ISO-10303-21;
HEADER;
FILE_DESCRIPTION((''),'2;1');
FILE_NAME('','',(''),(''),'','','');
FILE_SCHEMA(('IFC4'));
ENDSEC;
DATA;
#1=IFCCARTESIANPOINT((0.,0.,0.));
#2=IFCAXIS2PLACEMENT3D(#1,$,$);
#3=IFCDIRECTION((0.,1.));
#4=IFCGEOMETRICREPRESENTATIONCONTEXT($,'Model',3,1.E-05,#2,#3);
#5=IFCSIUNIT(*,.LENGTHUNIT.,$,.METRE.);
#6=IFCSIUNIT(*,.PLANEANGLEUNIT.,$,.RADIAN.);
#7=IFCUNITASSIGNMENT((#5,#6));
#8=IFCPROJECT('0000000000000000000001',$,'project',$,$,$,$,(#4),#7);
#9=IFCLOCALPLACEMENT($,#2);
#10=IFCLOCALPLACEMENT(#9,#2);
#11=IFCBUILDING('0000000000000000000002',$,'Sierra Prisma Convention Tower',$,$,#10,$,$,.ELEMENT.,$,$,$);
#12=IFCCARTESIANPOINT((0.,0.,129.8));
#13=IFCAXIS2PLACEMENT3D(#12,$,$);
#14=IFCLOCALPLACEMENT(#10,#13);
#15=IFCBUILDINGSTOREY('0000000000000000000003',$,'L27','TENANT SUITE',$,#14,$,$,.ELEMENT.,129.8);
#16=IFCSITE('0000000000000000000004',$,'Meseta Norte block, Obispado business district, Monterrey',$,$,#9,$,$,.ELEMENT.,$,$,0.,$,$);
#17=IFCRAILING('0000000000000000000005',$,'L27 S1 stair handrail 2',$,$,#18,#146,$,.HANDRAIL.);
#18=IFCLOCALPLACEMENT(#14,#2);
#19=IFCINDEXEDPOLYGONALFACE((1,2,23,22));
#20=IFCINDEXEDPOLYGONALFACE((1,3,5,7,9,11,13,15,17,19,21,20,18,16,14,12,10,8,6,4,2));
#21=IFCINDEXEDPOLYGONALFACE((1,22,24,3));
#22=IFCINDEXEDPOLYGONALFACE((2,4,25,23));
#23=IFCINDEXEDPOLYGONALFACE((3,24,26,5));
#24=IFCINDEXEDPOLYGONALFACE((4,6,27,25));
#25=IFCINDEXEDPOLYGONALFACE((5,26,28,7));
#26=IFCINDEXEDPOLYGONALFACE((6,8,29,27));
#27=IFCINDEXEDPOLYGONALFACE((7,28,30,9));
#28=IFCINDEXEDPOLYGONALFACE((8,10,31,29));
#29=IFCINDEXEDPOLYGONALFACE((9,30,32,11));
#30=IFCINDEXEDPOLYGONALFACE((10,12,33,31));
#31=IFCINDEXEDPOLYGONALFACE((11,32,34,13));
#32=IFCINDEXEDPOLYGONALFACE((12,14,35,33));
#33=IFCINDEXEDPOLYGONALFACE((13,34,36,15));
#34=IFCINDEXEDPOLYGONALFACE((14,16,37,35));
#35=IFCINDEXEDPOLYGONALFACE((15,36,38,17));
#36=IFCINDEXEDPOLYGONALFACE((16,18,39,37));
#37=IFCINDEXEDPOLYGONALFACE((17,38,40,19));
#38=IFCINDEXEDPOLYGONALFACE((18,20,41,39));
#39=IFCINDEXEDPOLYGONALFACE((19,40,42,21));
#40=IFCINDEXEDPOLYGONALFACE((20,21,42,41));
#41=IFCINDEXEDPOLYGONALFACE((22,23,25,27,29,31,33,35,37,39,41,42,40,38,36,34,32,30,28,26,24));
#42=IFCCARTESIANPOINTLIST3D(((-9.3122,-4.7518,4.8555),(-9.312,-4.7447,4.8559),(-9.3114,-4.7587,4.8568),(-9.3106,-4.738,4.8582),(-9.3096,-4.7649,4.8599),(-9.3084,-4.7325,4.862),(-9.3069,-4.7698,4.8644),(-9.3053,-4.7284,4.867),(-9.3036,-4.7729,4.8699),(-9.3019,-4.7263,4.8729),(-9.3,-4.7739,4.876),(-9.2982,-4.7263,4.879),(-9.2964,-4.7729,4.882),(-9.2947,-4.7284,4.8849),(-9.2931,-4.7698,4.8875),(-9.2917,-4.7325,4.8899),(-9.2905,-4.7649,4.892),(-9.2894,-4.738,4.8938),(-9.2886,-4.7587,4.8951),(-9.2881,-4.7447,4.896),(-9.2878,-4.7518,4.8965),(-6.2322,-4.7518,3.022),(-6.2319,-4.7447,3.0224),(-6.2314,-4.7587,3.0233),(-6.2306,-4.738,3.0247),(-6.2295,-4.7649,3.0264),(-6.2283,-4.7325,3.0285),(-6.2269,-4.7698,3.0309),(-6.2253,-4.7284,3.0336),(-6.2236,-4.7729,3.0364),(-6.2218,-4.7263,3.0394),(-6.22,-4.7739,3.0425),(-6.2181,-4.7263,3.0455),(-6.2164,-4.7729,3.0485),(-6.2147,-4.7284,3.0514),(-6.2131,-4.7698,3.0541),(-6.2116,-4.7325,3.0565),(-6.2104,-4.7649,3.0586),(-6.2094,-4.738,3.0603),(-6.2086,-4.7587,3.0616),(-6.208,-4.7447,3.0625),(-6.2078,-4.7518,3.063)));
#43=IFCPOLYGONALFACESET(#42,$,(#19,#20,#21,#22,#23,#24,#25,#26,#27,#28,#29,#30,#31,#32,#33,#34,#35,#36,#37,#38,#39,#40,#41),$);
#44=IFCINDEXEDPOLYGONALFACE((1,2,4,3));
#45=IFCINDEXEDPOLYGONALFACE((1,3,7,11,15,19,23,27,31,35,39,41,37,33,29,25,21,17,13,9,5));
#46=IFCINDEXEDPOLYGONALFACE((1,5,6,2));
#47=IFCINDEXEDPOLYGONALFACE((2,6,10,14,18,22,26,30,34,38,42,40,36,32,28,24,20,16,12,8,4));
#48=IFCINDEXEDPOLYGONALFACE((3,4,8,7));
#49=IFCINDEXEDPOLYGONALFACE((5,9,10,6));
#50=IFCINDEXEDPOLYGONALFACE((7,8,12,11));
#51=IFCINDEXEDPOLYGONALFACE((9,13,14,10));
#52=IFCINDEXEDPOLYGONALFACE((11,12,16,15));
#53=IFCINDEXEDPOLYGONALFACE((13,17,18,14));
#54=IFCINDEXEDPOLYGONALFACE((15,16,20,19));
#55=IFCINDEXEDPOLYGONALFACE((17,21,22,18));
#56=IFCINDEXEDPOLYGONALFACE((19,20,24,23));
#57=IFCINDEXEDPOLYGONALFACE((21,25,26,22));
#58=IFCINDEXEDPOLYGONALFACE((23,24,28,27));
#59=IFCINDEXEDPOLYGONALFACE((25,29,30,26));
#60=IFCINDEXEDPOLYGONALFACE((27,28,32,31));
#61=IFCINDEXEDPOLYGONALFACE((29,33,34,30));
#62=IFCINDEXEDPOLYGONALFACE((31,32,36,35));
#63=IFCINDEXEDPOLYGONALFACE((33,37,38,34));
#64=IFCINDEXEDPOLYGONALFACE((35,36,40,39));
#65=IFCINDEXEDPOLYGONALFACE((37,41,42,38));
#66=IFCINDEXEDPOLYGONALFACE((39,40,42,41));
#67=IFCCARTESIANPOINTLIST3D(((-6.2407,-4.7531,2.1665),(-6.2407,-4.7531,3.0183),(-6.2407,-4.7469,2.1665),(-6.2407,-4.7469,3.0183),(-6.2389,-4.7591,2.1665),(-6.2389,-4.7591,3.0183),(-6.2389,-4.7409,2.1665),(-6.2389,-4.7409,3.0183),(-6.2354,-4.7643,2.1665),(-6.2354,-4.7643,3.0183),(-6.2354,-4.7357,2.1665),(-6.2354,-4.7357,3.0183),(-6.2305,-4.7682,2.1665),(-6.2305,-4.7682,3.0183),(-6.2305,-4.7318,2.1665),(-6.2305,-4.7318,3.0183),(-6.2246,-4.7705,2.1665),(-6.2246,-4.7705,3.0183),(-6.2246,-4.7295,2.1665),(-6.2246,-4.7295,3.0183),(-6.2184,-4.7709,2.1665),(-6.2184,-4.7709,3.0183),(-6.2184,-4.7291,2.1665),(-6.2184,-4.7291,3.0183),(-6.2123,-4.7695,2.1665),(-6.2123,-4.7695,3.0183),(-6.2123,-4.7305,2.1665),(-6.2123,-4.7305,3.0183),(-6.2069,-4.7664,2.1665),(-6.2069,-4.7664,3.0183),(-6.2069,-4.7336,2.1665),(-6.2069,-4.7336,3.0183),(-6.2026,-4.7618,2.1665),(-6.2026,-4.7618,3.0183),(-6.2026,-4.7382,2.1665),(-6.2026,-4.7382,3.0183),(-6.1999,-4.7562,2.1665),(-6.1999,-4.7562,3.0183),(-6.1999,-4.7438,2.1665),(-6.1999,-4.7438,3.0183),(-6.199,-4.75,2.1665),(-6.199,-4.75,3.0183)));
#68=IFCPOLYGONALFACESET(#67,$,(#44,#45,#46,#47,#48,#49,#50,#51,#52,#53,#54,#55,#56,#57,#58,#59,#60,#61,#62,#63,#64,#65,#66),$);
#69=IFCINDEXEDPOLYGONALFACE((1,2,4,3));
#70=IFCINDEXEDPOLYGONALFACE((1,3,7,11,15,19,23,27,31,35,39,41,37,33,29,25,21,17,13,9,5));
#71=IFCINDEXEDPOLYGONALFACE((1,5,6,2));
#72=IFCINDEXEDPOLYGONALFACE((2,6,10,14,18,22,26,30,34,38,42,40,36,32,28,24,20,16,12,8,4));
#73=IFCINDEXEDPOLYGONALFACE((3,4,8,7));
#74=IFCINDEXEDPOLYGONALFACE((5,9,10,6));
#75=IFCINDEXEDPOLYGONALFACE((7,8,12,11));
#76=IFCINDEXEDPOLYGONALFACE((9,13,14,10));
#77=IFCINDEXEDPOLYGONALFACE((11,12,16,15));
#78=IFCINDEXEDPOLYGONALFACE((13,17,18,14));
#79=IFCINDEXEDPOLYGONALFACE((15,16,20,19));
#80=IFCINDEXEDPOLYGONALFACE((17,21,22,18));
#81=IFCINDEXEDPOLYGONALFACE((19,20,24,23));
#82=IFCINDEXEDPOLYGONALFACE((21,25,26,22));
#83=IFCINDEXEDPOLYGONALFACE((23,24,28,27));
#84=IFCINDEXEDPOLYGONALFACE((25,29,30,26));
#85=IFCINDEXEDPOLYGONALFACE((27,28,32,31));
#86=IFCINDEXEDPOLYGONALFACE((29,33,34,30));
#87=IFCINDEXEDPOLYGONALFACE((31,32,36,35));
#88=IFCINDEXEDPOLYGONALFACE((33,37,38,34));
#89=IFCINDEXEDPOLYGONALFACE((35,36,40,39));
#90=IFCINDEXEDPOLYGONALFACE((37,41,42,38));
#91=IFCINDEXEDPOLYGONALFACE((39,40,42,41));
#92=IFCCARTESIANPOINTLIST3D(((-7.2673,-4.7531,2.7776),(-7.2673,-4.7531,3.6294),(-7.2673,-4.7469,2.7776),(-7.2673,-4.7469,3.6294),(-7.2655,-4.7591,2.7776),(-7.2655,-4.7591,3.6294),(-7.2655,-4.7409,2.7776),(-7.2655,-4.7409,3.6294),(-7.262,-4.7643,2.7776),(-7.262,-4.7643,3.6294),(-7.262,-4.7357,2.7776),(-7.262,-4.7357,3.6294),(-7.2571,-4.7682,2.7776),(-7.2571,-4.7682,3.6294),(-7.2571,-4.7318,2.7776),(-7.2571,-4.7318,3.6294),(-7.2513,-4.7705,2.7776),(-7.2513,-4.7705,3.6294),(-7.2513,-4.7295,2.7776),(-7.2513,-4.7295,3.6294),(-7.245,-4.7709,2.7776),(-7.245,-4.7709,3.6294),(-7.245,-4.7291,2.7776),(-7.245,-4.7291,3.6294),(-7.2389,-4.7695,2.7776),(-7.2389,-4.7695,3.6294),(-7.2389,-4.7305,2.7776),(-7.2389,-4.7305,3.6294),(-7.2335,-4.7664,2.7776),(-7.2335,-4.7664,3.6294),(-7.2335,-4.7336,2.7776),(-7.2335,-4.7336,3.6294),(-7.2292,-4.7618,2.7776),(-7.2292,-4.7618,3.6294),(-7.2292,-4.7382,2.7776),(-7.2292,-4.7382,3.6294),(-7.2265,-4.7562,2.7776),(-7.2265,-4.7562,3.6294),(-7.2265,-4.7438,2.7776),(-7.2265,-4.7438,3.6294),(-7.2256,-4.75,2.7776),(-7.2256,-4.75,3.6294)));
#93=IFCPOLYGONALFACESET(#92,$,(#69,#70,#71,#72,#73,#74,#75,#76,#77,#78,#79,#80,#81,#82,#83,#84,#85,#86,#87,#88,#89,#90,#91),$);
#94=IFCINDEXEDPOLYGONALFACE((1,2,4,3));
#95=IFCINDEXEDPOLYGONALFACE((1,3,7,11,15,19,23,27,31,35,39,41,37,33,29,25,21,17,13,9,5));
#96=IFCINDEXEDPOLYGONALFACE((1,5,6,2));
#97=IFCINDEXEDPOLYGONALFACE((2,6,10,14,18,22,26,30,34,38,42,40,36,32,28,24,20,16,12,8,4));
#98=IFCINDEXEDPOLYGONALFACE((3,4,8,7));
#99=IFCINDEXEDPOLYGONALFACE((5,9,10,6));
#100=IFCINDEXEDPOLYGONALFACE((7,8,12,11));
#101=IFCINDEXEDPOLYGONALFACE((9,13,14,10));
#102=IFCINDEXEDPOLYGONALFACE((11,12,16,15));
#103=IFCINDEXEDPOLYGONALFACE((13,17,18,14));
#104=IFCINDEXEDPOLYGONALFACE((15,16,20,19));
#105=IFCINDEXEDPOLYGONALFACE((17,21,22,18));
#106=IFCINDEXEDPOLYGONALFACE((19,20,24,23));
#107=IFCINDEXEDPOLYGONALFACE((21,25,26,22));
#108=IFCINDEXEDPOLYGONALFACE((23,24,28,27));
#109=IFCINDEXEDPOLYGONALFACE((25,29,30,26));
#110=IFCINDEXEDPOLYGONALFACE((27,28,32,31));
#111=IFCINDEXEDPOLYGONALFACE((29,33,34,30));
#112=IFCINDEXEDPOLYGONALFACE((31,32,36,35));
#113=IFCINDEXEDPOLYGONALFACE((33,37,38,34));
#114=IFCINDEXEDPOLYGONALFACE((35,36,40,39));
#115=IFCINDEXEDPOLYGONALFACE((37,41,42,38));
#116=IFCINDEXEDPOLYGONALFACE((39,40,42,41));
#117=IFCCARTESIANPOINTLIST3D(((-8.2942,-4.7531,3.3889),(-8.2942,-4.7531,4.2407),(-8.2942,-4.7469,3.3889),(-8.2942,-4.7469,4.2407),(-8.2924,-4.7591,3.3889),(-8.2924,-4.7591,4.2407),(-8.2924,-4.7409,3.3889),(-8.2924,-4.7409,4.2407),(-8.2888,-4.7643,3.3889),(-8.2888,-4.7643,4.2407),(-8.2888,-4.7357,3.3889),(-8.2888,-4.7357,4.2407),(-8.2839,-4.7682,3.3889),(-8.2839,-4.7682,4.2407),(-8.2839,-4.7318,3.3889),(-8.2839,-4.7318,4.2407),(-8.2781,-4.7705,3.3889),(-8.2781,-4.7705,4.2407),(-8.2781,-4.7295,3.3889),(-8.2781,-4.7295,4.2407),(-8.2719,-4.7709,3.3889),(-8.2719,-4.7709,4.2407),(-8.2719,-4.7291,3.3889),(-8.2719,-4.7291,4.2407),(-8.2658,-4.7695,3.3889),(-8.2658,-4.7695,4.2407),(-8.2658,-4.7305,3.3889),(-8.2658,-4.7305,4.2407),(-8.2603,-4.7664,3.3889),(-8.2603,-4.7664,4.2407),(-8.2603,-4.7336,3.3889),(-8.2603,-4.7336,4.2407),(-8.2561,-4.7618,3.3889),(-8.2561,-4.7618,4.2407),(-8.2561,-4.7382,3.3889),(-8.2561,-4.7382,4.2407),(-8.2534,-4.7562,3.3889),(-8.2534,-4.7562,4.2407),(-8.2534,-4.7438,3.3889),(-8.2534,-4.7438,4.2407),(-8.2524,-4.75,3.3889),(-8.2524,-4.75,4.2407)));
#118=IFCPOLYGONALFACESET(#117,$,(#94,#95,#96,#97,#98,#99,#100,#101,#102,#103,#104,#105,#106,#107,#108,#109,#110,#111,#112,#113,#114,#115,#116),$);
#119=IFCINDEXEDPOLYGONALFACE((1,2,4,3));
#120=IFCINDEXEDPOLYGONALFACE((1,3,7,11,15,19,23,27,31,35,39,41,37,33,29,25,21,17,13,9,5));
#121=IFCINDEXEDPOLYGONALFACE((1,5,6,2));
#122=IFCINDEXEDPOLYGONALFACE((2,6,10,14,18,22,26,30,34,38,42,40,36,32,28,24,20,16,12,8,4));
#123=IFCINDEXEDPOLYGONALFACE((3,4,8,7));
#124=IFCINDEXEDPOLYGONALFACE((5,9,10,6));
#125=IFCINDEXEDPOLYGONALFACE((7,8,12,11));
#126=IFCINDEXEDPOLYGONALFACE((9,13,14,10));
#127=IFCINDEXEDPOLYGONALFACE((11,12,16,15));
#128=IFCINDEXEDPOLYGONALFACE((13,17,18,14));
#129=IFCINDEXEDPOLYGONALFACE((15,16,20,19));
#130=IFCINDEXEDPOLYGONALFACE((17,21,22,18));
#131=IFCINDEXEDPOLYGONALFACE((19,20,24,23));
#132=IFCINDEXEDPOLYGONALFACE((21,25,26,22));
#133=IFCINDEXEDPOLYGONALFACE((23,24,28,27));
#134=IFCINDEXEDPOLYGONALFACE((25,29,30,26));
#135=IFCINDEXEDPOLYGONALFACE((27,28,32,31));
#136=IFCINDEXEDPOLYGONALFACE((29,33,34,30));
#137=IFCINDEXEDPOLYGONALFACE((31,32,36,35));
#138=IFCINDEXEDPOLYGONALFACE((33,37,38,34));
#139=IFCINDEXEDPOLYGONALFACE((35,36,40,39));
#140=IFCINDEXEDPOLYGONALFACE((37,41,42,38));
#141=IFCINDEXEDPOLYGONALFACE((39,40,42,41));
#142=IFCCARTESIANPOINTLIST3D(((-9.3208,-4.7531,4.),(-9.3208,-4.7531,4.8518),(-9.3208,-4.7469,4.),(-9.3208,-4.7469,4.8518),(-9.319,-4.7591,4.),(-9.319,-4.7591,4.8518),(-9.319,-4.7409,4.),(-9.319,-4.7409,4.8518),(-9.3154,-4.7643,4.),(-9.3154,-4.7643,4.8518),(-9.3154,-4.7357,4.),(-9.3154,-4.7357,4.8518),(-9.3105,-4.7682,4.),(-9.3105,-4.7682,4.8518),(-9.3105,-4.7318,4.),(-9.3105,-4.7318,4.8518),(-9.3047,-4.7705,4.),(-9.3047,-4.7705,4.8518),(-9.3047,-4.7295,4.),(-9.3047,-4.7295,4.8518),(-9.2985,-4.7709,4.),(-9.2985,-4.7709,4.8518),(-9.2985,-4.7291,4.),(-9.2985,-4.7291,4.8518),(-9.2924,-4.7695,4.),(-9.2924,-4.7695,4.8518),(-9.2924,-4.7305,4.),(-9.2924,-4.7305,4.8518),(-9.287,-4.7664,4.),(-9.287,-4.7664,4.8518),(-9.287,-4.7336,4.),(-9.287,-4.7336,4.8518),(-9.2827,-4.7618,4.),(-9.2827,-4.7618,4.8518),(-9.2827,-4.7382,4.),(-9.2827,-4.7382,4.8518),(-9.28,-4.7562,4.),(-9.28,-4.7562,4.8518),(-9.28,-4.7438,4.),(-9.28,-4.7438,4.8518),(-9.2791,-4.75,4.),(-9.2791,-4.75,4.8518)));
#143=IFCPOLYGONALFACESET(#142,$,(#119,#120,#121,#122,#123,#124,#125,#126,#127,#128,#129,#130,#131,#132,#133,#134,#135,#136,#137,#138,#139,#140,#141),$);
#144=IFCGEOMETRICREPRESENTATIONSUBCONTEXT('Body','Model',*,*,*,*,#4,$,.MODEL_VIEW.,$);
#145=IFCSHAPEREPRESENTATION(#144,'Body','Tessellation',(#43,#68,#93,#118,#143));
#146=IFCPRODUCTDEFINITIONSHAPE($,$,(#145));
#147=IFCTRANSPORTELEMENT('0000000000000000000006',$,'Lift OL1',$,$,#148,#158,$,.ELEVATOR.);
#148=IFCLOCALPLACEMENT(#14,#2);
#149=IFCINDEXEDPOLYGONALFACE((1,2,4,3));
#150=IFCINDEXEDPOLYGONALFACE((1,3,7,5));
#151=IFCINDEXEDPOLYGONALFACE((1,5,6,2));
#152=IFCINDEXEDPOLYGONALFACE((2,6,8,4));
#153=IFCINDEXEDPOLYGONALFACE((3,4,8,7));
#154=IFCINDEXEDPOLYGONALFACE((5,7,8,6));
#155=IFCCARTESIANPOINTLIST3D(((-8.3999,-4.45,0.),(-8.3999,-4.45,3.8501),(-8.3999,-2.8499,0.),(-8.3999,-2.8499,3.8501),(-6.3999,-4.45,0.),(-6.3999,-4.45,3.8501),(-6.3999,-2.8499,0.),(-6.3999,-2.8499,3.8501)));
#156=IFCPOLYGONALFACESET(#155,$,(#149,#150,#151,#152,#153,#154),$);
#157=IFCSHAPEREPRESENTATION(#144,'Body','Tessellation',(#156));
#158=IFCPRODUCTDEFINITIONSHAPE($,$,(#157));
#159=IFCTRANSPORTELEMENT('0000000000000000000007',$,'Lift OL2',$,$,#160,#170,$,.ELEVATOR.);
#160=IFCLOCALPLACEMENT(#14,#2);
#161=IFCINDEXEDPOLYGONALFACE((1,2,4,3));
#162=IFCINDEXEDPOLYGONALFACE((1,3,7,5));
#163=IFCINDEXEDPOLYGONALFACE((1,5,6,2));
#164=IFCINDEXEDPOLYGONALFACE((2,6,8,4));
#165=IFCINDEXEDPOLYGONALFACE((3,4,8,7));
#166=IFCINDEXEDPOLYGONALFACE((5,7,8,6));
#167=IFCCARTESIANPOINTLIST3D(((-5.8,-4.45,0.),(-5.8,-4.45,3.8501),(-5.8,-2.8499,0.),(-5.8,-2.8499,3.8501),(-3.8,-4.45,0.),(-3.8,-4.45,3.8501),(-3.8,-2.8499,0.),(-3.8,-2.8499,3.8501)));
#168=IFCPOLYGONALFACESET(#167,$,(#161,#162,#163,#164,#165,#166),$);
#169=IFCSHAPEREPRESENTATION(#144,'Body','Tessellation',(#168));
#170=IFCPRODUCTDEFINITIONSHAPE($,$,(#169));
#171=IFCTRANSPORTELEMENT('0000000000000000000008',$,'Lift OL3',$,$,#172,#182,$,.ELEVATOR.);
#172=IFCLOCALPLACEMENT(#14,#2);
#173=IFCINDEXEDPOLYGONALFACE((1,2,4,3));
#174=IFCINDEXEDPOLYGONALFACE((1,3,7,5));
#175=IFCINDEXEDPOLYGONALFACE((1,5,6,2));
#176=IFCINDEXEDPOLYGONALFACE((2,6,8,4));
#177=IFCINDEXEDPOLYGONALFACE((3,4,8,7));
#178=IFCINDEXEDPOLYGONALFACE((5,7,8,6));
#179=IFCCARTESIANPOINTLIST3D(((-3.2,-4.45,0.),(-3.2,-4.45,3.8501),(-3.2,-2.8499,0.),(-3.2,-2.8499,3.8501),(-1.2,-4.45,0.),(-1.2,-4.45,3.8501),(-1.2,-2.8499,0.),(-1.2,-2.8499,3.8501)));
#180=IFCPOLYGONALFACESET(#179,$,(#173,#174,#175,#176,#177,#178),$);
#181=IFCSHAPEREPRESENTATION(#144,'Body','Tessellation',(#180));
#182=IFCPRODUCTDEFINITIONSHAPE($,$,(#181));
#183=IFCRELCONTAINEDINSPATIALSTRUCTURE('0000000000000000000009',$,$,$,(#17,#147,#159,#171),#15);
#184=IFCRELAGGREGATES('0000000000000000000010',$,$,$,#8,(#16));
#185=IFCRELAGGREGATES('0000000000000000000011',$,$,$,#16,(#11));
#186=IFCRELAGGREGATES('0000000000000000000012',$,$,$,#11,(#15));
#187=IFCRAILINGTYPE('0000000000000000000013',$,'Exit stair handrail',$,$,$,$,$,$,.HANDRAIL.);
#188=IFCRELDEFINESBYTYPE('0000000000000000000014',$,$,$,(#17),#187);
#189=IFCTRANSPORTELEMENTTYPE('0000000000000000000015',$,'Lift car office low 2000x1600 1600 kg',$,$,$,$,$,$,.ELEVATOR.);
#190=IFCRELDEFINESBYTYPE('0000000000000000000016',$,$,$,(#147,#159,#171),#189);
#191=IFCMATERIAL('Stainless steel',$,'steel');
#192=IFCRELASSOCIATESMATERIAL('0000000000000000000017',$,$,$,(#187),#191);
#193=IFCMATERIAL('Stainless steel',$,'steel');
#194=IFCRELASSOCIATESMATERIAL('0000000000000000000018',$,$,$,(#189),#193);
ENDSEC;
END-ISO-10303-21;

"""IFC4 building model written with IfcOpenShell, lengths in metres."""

from ifc_helpers import new_model, si_unit, direction, frame, origin, origin_2d, place, context, subcontext, project, spatial, rectangle, circle, extrude, material, type_object, element, save


model = new_model("IFC4")

# Units and contexts
model_context = context("Model", 3, precision=1e-05, world=origin(), true_north=direction((0.0, 1.0)))
body_context = subcontext(model_context, "Body", "Model", "MODEL_VIEW")
ifc_project = project(units=[si_unit("LENGTHUNIT", "METRE"), si_unit("PLANEANGLEUNIT", "RADIAN")], contexts=[model_context])

# Site, building, storey
site_placement = place(None, origin())
site = spatial("IfcSite", under=ifc_project, at=site_placement, Name="Meseta Norte block, Obispado business district, Monterrey", CompositionType="ELEMENT", RefElevation=0.0)
building_placement = place(site_placement, origin())
building = spatial("IfcBuilding", under=site, at=building_placement, Name="Sierra Prisma Convention Tower", CompositionType="ELEMENT")
storey_placement = place(building_placement, frame((0.0, 0.0, 129.8)))
storey = spatial("IfcBuildingStorey", under=building, at=storey_placement, Name="L27", Description="TENANT SUITE", CompositionType="ELEMENT", Elevation=129.8)

# Railing
ifc_material_1 = material(Name="Stainless steel", Category="steel")
railing_type = type_object("IfcRailingType", Name="Exit stair handrail", PredefinedType="HANDRAIL", material=ifc_material_1)
railing_placement = place(storey_placement, frame((-6.22, -4.75, 2.1665)))
element("IfcRailing", 1, at=railing_placement, inside=storey, type_object=railing_type, Name="L27 S1 stair handrail 2", PredefinedType="HANDRAIL", context=body_context, shape_type="SweptSolid", body=[
    extrude(circle(Radius=0.0239, at=origin_2d()), frame((0.0, 0.0, 0.876), z_axis=(-0.859279, 0.0, 0.511508), x_axis=(0.0, -1.0, 0.0)), (0.0, 0.0, 1.0), 3.5845),
    extrude(circle(Radius=0.021, at=origin_2d()), origin(), (0.0, 0.0, 1.0), 0.8518),
    extrude(circle(Radius=0.021, at=origin_2d()), frame((-1.0266, 0.0, 0.6111)), (0.0, 0.0, 1.0), 0.8518),
    extrude(circle(Radius=0.021, at=origin_2d()), frame((-2.0535, 0.0, 1.2224)), (0.0, 0.0, 1.0), 0.8518),
    extrude(circle(Radius=0.021, at=origin_2d()), frame((-3.0801, 0.0, 1.8335)), (0.0, 0.0, 1.0), 0.8518),
])

# Transport elements
ifc_material_2 = material(Name="Stainless steel", Category="steel")
transport_element_type = type_object("IfcTransportElementType", Name="Lift car office low 2000x1600 1600 kg", PredefinedType="ELEVATOR", material=ifc_material_2)
for number, where, z_axis, x_axis, name in (
    (2, (-7.3999, -3.6499, 0.0), (0.0, 0.0, 1.0), (1.0, 0.0, 0.0), "Lift OL1"),
    (3, (-4.8, -3.6499, 0.0), (0.0, 0.0, 1.0), (1.0, 0.0, 0.0), "Lift OL2"),
    (4, (-2.2, -3.6499, 0.0), (0.0, 0.0, 1.0), (1.0, 0.0, 0.0), "Lift OL3"),
):
    element("IfcTransportElement", number, at=place(storey_placement, frame(where, z_axis=z_axis, x_axis=x_axis)), inside=storey, type_object=transport_element_type, Name=name, PredefinedType="ELEVATOR", context=body_context, shape_type="SweptSolid", body=[
        extrude(rectangle(XDim=2.0, YDim=1.6001, at=origin_2d()), origin(), (0.0, 0.0, 1.0), 3.8501),
    ])

save(model, "model.ifc")
